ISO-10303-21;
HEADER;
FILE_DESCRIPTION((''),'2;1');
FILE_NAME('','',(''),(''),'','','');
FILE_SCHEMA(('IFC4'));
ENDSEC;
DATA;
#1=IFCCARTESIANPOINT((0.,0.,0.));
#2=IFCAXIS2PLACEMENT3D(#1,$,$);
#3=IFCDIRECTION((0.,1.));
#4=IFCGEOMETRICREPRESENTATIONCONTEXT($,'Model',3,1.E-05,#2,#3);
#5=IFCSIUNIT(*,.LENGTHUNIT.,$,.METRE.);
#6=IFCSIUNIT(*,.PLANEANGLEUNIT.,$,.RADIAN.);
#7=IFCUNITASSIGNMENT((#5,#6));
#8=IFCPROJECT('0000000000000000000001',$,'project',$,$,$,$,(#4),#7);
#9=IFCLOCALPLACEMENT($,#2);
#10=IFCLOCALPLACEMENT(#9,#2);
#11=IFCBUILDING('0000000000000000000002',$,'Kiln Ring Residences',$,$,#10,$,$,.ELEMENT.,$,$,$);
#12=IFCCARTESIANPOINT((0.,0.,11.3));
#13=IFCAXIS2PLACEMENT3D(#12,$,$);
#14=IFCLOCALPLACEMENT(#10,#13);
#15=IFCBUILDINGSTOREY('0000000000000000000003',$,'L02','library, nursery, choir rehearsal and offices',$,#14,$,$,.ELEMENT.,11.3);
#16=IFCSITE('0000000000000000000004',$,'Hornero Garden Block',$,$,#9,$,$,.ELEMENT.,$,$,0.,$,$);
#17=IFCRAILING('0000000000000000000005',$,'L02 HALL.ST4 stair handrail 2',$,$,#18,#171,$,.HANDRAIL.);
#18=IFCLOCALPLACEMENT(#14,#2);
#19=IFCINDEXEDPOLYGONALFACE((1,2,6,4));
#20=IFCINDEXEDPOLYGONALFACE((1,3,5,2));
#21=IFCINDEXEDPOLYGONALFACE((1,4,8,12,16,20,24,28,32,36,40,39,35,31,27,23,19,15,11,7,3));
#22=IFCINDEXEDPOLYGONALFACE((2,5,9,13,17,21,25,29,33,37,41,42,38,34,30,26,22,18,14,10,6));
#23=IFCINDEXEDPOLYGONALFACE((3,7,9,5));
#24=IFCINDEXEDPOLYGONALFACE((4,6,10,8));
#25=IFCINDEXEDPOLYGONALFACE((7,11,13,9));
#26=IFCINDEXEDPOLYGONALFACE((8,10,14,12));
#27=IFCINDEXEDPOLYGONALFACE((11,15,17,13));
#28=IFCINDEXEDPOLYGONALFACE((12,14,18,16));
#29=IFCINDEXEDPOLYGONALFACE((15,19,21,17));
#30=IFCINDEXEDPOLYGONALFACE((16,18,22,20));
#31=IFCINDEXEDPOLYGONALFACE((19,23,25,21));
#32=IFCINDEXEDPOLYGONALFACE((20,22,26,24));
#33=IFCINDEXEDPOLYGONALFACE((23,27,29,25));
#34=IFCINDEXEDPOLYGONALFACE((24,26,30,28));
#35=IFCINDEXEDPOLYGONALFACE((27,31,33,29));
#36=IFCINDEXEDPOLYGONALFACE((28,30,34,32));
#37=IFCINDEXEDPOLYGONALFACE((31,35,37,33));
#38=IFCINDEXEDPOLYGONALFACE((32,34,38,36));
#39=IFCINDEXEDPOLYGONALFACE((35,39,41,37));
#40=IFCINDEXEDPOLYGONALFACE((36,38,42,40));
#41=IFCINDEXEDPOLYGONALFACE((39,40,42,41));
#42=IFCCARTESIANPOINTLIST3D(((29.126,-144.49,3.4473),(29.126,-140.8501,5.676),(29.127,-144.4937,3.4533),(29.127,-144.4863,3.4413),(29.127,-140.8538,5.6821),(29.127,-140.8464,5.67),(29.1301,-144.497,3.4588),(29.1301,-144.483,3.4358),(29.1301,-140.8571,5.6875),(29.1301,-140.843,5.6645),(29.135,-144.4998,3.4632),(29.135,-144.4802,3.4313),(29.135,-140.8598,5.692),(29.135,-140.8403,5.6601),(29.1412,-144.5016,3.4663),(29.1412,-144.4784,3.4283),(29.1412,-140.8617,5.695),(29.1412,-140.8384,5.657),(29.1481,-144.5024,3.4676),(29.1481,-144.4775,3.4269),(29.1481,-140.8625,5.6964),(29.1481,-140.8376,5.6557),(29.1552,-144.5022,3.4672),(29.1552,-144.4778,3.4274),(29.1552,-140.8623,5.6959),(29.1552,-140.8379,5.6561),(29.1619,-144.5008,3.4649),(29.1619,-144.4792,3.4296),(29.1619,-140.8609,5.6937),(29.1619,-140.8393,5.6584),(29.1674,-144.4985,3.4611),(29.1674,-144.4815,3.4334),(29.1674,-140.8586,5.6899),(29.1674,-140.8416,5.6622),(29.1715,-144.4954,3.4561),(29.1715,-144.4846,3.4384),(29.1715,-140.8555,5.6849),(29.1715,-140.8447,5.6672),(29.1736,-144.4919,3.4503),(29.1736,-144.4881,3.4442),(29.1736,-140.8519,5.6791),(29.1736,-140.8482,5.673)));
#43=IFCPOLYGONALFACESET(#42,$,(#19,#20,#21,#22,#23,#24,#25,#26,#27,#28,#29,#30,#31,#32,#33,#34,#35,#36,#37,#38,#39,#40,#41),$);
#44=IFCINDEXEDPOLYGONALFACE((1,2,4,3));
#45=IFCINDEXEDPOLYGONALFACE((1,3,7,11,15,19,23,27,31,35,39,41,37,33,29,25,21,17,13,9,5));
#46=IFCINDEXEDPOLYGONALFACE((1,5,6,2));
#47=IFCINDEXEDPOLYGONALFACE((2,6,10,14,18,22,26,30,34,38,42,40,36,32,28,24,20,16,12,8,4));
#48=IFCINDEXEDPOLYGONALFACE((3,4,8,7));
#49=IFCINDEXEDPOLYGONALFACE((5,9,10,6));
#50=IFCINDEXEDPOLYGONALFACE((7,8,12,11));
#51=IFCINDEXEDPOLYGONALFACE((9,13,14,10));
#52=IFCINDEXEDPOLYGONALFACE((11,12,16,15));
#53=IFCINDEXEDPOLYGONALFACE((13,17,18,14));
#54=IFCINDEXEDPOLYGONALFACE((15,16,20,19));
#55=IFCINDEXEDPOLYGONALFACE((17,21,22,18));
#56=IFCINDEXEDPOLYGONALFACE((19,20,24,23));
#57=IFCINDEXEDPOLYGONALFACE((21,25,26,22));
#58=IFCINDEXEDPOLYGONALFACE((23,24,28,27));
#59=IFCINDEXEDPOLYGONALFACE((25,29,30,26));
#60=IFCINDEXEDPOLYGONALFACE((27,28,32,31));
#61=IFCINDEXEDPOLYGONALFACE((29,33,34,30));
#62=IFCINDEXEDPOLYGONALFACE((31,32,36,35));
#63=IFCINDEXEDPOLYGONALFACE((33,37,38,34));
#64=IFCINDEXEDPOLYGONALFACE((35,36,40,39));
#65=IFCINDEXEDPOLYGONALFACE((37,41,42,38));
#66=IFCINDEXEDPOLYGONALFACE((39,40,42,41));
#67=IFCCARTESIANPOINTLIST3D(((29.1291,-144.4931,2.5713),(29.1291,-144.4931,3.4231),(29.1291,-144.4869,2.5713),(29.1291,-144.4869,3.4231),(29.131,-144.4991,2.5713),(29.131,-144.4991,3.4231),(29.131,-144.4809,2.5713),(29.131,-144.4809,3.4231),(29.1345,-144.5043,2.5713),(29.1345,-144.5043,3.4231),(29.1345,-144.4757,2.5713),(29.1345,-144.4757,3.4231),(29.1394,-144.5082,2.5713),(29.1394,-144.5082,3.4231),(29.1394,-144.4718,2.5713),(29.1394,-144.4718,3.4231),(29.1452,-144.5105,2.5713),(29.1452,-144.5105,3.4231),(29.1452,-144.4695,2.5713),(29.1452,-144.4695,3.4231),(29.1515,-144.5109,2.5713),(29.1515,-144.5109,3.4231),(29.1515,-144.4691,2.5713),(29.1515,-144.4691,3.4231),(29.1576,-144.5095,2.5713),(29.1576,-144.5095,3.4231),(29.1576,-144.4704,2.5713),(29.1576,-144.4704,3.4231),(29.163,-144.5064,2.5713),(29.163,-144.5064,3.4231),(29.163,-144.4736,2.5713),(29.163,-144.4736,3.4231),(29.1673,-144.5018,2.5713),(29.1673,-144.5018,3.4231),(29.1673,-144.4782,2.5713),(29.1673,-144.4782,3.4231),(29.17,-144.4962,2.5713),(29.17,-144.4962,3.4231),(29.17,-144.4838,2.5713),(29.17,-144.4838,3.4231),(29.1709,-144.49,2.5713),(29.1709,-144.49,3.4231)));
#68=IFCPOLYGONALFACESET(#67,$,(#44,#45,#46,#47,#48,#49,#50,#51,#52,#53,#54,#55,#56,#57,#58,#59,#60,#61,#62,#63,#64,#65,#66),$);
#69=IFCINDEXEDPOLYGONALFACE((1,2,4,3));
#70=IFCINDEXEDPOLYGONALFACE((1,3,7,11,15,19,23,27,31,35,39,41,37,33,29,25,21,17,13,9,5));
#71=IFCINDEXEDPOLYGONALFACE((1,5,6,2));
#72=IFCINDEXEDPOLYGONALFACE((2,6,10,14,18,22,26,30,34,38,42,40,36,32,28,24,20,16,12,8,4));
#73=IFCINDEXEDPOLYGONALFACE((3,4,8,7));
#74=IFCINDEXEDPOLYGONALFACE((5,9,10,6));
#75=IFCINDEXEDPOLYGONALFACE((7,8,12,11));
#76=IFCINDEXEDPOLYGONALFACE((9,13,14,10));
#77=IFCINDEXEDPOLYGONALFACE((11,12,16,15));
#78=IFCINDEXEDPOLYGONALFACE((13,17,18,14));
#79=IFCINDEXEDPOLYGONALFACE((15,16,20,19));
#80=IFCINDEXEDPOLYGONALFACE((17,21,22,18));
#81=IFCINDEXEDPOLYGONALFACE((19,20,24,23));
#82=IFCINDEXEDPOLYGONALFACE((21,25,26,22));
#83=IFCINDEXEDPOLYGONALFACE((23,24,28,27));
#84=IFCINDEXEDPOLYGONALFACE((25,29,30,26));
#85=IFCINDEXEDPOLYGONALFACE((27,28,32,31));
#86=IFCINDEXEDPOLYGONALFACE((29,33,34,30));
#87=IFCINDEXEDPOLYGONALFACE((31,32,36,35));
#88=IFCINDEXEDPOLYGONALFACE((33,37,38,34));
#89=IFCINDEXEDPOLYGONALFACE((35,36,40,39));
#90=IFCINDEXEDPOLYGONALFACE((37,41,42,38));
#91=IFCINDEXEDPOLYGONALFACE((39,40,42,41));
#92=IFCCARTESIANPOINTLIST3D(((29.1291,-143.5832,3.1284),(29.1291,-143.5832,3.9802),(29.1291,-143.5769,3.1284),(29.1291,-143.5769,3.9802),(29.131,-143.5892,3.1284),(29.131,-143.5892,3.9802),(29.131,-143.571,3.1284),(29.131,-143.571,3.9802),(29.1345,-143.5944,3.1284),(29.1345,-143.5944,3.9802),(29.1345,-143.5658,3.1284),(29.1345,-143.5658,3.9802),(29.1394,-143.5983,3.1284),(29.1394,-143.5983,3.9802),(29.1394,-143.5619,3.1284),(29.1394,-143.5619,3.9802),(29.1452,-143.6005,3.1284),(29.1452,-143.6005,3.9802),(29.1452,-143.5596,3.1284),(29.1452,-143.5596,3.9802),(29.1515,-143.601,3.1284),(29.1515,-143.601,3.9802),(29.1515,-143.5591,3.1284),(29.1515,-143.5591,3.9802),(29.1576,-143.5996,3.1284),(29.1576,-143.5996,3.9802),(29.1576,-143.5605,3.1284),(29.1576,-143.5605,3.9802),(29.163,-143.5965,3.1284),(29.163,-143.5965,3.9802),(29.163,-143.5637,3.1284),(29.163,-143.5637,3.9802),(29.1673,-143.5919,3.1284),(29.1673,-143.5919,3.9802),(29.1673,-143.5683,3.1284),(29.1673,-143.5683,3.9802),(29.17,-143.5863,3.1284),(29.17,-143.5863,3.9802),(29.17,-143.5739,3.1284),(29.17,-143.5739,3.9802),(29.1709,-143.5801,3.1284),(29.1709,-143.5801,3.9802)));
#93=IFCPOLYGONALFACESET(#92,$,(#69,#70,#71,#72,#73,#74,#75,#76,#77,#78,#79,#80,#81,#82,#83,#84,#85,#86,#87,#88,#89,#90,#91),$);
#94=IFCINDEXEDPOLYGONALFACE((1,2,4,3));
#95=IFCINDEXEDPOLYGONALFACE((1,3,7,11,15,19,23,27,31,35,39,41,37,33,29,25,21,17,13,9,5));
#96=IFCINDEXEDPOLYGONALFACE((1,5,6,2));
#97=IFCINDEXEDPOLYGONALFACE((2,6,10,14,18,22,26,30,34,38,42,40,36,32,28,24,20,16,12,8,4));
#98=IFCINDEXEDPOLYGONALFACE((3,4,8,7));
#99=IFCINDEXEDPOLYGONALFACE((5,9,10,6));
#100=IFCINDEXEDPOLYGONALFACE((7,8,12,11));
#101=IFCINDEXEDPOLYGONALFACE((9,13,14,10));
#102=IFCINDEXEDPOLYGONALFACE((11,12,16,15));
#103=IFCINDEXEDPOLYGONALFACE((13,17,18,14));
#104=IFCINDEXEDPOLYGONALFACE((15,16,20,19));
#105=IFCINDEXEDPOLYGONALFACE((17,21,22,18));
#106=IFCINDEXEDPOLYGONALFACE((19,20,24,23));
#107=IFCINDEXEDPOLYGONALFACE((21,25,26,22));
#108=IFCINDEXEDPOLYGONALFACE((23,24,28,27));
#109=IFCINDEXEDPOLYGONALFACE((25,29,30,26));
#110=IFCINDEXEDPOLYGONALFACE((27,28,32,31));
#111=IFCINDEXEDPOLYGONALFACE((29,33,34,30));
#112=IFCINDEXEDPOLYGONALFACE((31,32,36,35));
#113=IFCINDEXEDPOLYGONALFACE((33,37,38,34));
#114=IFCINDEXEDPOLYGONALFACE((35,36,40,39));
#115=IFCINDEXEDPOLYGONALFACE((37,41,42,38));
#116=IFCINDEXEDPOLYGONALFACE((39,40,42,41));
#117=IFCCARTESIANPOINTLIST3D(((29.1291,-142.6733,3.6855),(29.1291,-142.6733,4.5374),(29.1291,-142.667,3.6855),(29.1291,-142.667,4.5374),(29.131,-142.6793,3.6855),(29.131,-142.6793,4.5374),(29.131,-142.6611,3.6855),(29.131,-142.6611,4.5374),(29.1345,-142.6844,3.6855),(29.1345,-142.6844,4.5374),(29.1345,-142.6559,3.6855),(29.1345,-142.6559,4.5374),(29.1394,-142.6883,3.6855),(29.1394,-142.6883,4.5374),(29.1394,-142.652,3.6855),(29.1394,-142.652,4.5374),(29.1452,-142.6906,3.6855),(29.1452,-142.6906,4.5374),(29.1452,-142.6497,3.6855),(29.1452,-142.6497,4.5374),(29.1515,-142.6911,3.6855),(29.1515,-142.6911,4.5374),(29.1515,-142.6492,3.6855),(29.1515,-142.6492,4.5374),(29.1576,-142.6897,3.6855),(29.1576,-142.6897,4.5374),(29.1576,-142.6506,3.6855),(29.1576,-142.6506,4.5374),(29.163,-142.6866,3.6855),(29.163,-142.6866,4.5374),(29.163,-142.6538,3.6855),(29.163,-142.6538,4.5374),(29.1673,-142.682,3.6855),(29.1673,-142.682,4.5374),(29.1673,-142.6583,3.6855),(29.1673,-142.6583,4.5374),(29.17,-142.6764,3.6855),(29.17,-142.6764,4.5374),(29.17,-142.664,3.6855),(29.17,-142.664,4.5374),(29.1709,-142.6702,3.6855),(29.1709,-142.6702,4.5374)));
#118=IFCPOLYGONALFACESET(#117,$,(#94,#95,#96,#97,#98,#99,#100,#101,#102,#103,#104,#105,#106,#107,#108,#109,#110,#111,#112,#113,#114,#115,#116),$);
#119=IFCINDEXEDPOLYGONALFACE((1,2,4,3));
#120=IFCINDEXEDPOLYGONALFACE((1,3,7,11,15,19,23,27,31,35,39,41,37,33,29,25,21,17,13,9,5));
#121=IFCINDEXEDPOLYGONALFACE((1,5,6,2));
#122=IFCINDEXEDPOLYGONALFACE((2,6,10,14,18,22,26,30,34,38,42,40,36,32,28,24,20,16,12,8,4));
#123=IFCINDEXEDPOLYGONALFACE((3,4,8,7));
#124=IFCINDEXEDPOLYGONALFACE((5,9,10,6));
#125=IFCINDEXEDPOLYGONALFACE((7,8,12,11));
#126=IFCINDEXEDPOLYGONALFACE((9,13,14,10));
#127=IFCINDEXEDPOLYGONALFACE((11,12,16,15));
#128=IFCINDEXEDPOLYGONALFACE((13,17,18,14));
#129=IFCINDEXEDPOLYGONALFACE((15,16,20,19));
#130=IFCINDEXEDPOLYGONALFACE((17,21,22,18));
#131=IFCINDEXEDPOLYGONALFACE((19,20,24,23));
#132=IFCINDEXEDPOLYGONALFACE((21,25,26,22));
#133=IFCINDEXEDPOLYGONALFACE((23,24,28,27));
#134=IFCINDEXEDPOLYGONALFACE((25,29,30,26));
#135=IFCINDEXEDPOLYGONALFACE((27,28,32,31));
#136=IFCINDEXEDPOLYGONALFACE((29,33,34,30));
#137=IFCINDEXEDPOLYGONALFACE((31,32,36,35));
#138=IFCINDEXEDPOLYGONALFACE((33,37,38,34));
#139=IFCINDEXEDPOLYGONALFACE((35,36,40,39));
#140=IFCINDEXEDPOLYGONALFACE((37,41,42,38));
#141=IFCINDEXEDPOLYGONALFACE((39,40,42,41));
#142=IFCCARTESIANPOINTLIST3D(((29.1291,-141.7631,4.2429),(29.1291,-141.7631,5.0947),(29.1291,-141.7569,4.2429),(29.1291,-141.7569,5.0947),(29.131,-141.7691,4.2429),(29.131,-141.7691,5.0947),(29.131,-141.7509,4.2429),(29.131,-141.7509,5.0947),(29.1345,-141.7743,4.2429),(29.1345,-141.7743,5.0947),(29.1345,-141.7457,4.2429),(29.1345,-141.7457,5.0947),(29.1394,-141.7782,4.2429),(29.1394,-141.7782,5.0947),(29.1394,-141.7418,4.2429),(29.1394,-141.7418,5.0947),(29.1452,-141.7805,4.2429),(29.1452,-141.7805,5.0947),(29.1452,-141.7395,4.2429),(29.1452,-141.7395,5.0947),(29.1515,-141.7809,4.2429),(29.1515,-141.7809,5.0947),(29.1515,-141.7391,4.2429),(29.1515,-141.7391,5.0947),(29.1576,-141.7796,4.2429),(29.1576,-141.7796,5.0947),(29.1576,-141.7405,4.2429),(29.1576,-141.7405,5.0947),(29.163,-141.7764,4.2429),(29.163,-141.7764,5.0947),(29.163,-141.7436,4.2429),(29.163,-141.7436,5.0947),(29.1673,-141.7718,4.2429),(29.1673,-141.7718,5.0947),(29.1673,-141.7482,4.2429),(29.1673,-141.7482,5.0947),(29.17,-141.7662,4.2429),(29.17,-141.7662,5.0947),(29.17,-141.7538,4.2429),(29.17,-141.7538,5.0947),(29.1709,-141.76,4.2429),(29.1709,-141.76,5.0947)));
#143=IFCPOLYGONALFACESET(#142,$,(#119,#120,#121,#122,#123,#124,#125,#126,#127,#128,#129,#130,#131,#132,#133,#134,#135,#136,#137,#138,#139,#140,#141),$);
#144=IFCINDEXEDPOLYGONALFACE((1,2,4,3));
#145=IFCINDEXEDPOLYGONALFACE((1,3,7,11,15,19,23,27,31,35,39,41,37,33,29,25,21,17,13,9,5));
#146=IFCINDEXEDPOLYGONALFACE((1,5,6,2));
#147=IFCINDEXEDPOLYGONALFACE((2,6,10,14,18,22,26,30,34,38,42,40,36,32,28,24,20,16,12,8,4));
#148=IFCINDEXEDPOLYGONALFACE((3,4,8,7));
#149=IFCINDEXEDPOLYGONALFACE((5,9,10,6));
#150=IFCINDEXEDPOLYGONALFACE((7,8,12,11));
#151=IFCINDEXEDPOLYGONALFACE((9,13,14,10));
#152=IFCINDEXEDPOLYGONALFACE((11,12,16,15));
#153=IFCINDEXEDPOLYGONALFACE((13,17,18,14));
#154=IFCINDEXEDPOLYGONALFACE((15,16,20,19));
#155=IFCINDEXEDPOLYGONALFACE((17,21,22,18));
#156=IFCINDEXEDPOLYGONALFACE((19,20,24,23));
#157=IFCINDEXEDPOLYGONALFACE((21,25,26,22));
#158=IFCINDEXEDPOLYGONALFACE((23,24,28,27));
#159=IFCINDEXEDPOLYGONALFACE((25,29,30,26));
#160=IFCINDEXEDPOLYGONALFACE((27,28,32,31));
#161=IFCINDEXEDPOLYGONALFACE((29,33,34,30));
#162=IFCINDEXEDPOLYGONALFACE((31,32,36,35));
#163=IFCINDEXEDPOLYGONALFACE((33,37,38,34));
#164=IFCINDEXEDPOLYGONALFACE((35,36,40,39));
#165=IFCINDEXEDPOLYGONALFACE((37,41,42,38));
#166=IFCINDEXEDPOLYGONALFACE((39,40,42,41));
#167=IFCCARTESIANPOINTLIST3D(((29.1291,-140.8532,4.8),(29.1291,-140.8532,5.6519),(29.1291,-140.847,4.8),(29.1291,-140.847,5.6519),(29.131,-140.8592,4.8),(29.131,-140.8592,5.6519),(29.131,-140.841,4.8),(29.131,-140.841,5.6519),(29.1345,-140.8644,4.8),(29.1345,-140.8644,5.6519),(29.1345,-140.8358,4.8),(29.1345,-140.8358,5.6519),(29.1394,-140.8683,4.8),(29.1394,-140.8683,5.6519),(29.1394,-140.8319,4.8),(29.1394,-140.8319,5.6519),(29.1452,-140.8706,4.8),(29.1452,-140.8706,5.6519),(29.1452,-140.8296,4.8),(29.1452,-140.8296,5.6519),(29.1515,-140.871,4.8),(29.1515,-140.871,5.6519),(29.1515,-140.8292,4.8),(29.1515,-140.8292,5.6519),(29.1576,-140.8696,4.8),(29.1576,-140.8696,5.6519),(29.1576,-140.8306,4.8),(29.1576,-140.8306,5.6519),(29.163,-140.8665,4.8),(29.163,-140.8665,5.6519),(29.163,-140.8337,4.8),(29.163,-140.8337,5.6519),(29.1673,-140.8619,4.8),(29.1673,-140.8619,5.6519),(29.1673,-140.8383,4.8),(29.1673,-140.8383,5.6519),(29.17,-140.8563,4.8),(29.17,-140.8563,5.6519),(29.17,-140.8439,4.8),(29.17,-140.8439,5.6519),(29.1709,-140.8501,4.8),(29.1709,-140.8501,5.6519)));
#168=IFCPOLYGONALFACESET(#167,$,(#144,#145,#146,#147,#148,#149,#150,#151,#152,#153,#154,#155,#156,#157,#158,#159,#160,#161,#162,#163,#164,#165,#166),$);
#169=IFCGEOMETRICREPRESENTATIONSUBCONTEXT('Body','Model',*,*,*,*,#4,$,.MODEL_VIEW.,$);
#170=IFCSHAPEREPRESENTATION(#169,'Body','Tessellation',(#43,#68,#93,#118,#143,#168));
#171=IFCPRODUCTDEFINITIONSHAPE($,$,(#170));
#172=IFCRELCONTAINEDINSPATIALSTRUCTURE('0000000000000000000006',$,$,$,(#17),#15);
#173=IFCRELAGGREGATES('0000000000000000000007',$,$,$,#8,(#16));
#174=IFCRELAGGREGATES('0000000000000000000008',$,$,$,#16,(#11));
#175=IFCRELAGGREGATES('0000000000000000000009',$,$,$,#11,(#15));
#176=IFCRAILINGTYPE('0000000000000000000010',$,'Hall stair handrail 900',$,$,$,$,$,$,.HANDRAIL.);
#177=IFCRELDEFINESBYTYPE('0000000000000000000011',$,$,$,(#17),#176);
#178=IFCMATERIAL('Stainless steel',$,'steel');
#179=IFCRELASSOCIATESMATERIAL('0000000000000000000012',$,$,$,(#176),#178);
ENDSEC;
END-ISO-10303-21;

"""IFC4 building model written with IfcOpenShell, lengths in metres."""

from ifc_helpers import new_model, si_unit, direction, frame, origin, origin_2d, place, context, subcontext, project, spatial, circle, extrude, material, type_object, element, save


model = new_model("IFC4")

# Units and contexts
model_context = context("Model", 3, precision=1e-05, world=origin(), true_north=direction((0.0, 1.0)))
body_context = subcontext(model_context, "Body", "Model", "MODEL_VIEW")
ifc_project = project(units=[si_unit("LENGTHUNIT", "METRE"), si_unit("PLANEANGLEUNIT", "RADIAN")], contexts=[model_context])

# Site, building, storey
site_placement = place(None, origin())
site = spatial("IfcSite", under=ifc_project, at=site_placement, Name="Hornero Garden Block", CompositionType="ELEMENT", RefElevation=0.0)
building_placement = place(site_placement, origin())
building = spatial("IfcBuilding", under=site, at=building_placement, Name="Kiln Ring Residences", CompositionType="ELEMENT")
storey_placement = place(building_placement, frame((0.0, 0.0, 11.3)))
storey = spatial("IfcBuildingStorey", under=building, at=storey_placement, Name="L02", Description="library, nursery, choir rehearsal and offices", CompositionType="ELEMENT", Elevation=11.3)

# Railing
ifc_material_1 = material(Name="Stainless steel", Category="steel")
railing_type_1 = type_object("IfcRailingType", Name="Hall stair handrail 900", PredefinedType="HANDRAIL", material=ifc_material_1)
railing_1_placement = place(storey_placement, frame((29.1499, -144.49, 2.5713)))
element("IfcRailing", 1, at=railing_1_placement, inside=storey, type_object=railing_type_1, Name="L02 HALL.ST4 stair handrail 2", PredefinedType="HANDRAIL", context=body_context, shape_type="SweptSolid", body=[
    extrude(circle(Radius=0.0239, at=origin_2d()), frame((0.0, 0.0, 0.876), z_axis=(0.0, 0.852825, 0.522197), x_axis=(-1.0, 0.0, 0.0)), (0.0, 0.0, 1.0), 4.2681),
    extrude(circle(Radius=0.021, at=origin_2d()), origin(), (0.0, 0.0, 1.0), 0.8518),
    extrude(circle(Radius=0.021, at=origin_2d()), frame((0.0, 0.9099, 0.5571)), (0.0, 0.0, 1.0), 0.8518),
    extrude(circle(Radius=0.021, at=origin_2d()), frame((0.0, 1.8198, 1.1143)), (0.0, 0.0, 1.0), 0.8518),
    extrude(circle(Radius=0.021, at=origin_2d()), frame((0.0, 2.73, 1.6716)), (0.0, 0.0, 1.0), 0.8518),
    extrude(circle(Radius=0.021, at=origin_2d()), frame((0.0, 3.6399, 2.2288)), (0.0, 0.0, 1.0), 0.8518),
])

save(model, "model.ifc")
